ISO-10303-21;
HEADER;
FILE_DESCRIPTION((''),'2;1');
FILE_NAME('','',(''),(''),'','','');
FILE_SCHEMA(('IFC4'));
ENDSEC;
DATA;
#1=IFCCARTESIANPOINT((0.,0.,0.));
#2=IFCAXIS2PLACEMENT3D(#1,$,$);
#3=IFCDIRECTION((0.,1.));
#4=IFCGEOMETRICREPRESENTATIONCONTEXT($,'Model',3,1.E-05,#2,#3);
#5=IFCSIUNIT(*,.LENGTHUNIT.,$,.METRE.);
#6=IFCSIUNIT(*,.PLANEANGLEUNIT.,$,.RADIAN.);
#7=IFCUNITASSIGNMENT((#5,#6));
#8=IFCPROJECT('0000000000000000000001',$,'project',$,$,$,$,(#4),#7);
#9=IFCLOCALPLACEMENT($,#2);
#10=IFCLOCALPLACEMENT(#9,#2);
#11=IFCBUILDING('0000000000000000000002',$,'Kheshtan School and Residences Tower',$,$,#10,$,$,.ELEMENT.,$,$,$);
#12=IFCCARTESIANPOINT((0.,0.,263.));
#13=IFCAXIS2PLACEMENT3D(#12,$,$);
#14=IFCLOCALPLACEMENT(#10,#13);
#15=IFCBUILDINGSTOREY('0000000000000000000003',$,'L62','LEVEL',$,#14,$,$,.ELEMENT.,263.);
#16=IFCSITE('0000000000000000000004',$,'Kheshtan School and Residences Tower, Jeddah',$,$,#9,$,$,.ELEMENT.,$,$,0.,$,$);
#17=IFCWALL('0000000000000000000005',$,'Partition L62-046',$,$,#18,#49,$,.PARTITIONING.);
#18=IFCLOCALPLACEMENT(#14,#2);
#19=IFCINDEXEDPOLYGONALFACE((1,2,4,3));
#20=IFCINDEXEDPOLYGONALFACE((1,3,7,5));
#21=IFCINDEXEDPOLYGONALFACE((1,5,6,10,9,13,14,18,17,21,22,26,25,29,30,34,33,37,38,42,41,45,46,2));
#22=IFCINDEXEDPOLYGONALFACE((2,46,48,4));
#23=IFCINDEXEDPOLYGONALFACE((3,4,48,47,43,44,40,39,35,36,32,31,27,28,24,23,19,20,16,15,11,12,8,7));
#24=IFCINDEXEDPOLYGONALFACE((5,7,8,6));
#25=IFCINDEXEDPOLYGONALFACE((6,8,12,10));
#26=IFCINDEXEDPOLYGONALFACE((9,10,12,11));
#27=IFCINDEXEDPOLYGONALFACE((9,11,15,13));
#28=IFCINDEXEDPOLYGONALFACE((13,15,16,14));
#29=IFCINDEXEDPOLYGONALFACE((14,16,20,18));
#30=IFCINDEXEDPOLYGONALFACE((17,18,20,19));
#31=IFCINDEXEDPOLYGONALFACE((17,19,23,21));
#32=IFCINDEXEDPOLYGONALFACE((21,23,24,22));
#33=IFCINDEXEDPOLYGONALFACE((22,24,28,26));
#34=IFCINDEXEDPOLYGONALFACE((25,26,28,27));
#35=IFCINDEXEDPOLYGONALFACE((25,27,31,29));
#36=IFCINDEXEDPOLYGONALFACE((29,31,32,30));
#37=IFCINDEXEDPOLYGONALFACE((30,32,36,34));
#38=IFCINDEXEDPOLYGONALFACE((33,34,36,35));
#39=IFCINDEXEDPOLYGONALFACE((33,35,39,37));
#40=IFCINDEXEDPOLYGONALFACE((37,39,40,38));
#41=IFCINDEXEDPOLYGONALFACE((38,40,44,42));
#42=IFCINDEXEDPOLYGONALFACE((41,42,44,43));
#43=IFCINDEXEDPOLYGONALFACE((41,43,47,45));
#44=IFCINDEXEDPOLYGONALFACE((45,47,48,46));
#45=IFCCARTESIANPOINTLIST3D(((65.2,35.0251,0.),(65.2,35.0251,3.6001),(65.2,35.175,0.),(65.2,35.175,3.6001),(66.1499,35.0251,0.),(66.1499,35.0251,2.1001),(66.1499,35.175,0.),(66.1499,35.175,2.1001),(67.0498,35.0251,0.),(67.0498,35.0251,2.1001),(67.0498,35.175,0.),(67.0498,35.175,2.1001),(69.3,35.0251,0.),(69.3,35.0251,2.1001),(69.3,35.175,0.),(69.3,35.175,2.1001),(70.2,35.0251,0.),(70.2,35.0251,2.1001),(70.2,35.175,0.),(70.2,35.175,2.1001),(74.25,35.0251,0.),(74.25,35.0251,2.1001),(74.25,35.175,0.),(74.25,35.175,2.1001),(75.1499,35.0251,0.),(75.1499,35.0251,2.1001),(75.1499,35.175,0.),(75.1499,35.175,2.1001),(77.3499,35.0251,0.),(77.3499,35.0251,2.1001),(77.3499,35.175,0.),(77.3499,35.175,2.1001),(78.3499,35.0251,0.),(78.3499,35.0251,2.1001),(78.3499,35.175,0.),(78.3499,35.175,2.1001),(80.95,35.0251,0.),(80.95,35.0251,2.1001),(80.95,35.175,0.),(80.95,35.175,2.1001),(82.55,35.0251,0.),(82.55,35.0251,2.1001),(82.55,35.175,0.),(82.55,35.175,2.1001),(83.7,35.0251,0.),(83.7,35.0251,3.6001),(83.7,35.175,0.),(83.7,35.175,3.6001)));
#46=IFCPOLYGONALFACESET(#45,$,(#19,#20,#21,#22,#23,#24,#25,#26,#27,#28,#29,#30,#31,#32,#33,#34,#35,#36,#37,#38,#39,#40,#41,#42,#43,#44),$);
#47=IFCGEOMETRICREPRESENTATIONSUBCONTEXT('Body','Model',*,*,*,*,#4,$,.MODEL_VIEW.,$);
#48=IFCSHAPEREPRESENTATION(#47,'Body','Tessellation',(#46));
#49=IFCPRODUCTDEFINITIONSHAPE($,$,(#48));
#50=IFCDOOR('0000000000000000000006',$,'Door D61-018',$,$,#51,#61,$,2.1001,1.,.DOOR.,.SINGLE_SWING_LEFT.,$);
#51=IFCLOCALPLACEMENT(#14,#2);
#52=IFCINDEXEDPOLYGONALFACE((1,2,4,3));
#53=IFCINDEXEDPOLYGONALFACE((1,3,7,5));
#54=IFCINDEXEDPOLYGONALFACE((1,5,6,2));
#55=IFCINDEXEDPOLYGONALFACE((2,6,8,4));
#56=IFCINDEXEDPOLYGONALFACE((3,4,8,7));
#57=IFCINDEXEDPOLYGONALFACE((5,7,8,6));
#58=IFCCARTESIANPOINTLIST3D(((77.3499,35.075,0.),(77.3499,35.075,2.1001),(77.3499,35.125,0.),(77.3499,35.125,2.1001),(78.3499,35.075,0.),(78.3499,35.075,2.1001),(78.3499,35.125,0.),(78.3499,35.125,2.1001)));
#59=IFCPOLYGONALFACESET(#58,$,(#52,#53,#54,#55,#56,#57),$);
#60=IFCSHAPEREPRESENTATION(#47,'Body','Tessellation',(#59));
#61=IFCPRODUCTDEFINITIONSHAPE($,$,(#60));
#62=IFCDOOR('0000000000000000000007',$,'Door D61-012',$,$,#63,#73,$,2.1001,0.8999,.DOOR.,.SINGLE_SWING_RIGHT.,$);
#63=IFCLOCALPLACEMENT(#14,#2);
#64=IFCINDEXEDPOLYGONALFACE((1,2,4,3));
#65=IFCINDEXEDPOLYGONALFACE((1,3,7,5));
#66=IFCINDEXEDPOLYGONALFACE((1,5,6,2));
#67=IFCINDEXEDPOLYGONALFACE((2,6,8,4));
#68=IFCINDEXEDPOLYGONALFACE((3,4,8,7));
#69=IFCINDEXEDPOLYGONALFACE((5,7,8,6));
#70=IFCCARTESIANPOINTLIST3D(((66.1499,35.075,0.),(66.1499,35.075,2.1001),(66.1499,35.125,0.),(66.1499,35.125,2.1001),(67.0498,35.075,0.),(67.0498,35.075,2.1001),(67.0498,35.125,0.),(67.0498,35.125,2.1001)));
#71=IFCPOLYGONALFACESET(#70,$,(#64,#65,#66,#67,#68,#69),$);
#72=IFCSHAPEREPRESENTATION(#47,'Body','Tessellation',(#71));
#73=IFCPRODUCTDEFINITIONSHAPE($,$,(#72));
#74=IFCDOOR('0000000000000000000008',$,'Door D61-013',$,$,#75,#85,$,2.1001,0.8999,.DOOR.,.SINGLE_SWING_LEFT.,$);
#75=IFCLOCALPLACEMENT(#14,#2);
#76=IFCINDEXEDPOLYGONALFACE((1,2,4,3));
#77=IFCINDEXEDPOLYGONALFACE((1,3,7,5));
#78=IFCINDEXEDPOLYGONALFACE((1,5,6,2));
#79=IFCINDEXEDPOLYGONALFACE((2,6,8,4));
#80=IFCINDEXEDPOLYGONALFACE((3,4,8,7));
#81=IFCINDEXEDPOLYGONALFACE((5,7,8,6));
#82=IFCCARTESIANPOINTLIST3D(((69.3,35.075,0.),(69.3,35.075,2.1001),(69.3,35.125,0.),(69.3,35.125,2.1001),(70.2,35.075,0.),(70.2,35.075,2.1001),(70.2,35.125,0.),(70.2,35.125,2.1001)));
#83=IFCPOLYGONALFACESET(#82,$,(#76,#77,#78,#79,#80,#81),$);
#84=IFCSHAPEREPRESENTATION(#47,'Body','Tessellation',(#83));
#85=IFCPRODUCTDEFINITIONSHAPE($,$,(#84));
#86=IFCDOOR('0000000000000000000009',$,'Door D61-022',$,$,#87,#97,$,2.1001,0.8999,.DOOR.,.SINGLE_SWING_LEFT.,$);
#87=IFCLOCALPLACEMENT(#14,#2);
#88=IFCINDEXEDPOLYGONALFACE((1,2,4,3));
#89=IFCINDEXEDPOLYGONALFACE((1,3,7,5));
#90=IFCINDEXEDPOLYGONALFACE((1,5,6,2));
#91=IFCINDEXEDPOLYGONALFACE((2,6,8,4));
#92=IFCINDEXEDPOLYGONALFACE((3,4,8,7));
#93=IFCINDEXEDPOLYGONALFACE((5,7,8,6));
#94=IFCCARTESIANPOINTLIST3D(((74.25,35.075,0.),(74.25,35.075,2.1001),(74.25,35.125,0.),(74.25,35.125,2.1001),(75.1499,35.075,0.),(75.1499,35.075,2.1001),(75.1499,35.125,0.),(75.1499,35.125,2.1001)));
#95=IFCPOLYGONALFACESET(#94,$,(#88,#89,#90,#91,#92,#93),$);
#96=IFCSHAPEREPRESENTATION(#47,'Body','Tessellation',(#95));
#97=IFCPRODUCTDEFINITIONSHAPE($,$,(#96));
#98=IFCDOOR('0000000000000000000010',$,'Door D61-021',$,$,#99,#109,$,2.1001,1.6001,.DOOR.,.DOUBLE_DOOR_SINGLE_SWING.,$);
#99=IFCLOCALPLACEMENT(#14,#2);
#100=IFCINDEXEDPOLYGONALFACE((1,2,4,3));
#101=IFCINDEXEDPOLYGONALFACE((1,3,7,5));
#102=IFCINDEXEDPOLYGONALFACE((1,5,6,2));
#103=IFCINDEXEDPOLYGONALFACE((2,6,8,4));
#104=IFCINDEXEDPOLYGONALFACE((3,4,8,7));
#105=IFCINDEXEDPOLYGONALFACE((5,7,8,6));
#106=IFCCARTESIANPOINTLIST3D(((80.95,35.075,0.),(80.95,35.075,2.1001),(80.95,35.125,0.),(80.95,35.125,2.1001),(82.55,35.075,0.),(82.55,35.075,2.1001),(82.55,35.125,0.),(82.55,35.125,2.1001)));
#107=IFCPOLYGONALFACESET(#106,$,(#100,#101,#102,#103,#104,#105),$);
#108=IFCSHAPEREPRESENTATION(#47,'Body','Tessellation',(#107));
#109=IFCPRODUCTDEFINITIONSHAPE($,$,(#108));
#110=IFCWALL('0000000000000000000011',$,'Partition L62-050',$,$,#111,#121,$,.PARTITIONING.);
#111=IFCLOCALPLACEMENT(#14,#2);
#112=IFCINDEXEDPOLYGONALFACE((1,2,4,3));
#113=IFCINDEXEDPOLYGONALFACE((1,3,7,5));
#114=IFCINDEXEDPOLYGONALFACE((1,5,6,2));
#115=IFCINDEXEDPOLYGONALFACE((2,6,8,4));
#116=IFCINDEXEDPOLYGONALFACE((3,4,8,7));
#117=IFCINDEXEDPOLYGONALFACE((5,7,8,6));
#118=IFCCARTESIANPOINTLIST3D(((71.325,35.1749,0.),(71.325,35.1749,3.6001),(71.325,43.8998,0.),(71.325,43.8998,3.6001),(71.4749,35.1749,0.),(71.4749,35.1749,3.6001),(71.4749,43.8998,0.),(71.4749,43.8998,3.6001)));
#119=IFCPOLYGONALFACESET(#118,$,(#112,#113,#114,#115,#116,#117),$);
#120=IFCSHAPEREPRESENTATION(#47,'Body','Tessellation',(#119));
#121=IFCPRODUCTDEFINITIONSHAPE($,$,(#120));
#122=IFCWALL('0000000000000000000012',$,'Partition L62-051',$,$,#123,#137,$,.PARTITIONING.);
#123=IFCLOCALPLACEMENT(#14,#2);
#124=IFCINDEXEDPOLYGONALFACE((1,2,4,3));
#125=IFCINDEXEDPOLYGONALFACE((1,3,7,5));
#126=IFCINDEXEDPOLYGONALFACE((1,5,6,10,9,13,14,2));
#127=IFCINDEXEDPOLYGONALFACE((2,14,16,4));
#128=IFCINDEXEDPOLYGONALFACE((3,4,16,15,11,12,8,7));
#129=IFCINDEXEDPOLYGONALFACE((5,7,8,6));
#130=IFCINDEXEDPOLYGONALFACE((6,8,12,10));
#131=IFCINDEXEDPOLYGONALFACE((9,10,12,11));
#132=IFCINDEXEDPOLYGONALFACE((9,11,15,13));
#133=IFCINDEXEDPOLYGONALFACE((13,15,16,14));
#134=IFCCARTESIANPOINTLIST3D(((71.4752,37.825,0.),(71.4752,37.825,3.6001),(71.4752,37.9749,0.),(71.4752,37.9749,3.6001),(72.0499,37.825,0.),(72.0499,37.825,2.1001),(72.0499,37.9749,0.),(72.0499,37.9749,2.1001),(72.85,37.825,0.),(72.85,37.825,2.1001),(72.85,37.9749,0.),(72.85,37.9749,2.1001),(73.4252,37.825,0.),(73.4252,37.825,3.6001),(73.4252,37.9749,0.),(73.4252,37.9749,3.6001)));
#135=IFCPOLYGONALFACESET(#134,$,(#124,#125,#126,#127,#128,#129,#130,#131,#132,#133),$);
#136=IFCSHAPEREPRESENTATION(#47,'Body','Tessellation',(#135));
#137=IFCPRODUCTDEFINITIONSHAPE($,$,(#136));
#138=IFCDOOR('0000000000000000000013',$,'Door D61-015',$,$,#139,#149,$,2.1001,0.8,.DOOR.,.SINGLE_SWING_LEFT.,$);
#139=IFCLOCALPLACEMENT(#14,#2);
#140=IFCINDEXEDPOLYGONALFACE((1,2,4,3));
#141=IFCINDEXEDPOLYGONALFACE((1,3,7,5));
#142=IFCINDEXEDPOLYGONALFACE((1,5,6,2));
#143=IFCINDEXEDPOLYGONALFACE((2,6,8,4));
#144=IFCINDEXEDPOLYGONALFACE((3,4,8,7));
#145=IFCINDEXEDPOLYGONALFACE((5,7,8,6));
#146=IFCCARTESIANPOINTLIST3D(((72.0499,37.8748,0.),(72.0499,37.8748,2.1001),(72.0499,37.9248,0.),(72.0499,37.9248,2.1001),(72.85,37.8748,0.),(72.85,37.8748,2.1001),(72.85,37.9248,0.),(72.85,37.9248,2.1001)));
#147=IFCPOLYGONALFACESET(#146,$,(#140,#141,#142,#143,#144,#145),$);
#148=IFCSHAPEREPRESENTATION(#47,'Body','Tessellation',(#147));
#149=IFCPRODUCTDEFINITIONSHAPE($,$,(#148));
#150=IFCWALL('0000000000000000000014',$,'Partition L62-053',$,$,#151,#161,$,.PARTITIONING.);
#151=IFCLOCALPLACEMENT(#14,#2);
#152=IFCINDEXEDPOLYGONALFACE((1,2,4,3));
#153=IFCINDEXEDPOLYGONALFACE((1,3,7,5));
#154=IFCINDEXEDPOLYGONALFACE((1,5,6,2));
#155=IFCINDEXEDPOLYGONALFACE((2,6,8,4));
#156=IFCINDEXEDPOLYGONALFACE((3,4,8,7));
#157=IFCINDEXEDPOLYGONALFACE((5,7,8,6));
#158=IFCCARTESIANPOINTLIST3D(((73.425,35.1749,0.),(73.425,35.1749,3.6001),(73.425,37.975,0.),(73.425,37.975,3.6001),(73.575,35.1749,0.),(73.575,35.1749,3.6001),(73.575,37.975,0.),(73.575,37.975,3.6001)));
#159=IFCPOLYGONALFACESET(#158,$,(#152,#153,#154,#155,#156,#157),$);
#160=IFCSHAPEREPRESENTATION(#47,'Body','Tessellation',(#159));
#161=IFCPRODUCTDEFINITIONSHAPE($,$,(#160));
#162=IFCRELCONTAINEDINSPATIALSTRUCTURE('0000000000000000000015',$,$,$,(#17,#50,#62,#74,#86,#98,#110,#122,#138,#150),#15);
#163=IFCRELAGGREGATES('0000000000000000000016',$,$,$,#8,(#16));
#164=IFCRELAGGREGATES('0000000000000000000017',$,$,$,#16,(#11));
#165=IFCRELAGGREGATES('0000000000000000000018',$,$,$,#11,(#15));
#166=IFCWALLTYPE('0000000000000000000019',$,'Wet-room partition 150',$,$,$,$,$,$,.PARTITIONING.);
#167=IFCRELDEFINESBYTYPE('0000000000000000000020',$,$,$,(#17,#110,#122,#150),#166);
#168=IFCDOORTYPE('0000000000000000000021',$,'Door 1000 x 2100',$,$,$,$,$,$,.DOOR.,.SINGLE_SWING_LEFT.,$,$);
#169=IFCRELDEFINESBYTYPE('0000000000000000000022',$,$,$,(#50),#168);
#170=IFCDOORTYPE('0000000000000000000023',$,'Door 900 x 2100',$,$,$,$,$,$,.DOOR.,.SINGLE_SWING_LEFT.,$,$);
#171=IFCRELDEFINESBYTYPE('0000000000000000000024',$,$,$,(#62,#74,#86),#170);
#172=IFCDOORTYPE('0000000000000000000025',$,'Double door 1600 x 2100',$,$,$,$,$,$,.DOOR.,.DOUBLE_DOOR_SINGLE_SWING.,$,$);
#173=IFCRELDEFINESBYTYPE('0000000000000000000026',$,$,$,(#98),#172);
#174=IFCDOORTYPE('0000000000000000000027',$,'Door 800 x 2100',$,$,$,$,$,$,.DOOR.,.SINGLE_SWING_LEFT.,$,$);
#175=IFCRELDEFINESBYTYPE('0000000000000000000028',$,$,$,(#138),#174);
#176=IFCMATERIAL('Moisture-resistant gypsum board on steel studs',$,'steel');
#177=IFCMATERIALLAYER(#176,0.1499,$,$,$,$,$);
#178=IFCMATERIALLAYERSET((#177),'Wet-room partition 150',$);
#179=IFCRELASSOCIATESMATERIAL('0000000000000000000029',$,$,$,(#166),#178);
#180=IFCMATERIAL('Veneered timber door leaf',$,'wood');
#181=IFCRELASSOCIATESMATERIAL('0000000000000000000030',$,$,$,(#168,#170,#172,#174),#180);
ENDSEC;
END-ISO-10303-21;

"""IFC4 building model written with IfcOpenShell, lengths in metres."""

from ifc_helpers import new_model, si_unit, direction, frame, frame_2d, origin, place, context, subcontext, project, spatial, rectangle, extrude, source, transform, mapped, material, layer, layer_set, type_object, element, fill, save


model = new_model("IFC4")

# Units and contexts
model_context = context("Model", 3, precision=1e-05, world=origin(), true_north=direction((0.0, 1.0)))
body_context = subcontext(model_context, "Body", "Model", "MODEL_VIEW")
ifc_project = project(units=[si_unit("LENGTHUNIT", "METRE"), si_unit("PLANEANGLEUNIT", "RADIAN")], contexts=[model_context])

# Site, building, storey
site_placement = place(None, origin())
site = spatial("IfcSite", under=ifc_project, at=site_placement, Name="Kheshtan School and Residences Tower, Jeddah", CompositionType="ELEMENT", RefElevation=0.0)
building_placement = place(site_placement, origin())
building = spatial("IfcBuilding", under=site, at=building_placement, Name="Kheshtan School and Residences Tower", CompositionType="ELEMENT")
storey_placement = place(building_placement, frame((0.0, 0.0, 263.0)))
storey = spatial("IfcBuildingStorey", under=building, at=storey_placement, Name="L62", Description="LEVEL", CompositionType="ELEMENT", Elevation=263.0)

# Wall, openings, doors
ifc_material_1 = material(Name="Moisture-resistant gypsum board on steel studs", Category="steel")
ifc_layer_1 = layer(ifc_material_1, 0.1499)
ifc_layer_set_1 = layer_set([ifc_layer_1], Name="Wet-room partition 150")
wall_type_1 = type_object("IfcWallType", Name="Wet-room partition 150", PredefinedType="PARTITIONING", material=ifc_layer_set_1)
wall_1_placement = place(storey_placement, frame((65.2, 35.1001, 0.0), z_axis=(0.0, 0.0, 1.0), x_axis=(1.0, 0.0, 0.0)))
wall_1 = element("IfcWall", 1, at=wall_1_placement, inside=storey, type_object=wall_type_1, Name="Partition L62-046", PredefinedType="PARTITIONING", context=body_context, shape_type="SweptSolid", body=[
    extrude(rectangle(XDim=18.5, YDim=0.1499, at=frame_2d((9.25, 0.0))), origin(), (0.0, 0.0, 1.0), 3.6001),
])
opening_1_placement = place(wall_1_placement, frame((0.95, 0.0, 0.0)))
opening_1 = element("IfcOpeningElement", 2, at=opening_1_placement, cuts=wall_1, PredefinedType="OPENING", context=body_context, shape_type="SweptSolid", body=[
    extrude(rectangle(XDim=0.8999, YDim=2.1001, at=frame_2d((0.45, 1.05))), frame((0.0, 0.085, 0.0), z_axis=(0.0, -1.0, 0.0), x_axis=(1.0, 0.0, 0.0)), (0.0, 0.0, 1.0), 0.1699),
])
opening_2_placement = place(wall_1_placement, frame((4.1001, 0.0, 0.0)))
opening_2 = element("IfcOpeningElement", 3, at=opening_2_placement, cuts=wall_1, PredefinedType="OPENING", context=body_context, shape_type="SweptSolid", body=[
    extrude(rectangle(XDim=0.8999, YDim=2.1001, at=frame_2d((0.45, 1.05))), frame((0.0, 0.085, 0.0), z_axis=(0.0, -1.0, 0.0), x_axis=(1.0, 0.0, 0.0)), (0.0, 0.0, 1.0), 0.1699),
])
opening_3_placement = place(wall_1_placement, frame((12.1499, 0.0, 0.0)))
opening_3 = element("IfcOpeningElement", 4, at=opening_3_placement, cuts=wall_1, PredefinedType="OPENING", context=body_context, shape_type="SweptSolid", body=[
    extrude(rectangle(XDim=1.0, YDim=2.1001, at=frame_2d((0.5, 1.05))), frame((0.0, 0.085, 0.0), z_axis=(0.0, -1.0, 0.0), x_axis=(1.0, 0.0, 0.0)), (0.0, 0.0, 1.0), 0.1699),
])
opening_4_placement = place(wall_1_placement, frame((15.75, 0.0, 0.0)))
opening_4 = element("IfcOpeningElement", 5, at=opening_4_placement, cuts=wall_1, PredefinedType="OPENING", context=body_context, shape_type="SweptSolid", body=[
    extrude(rectangle(XDim=1.6001, YDim=2.1001, at=frame_2d((0.8, 1.05))), frame((0.0, 0.085, 0.0), z_axis=(0.0, -1.0, 0.0), x_axis=(1.0, 0.0, 0.0)), (0.0, 0.0, 1.0), 0.1699),
])
opening_5_placement = place(wall_1_placement, frame((9.05, 0.0, 0.0)))
opening_5 = element("IfcOpeningElement", 6, at=opening_5_placement, cuts=wall_1, PredefinedType="OPENING", context=body_context, shape_type="SweptSolid", body=[
    extrude(rectangle(XDim=0.8999, YDim=2.1001, at=frame_2d((0.45, 1.05))), frame((0.0, 0.085, 0.0), z_axis=(0.0, -1.0, 0.0), x_axis=(1.0, 0.0, 0.0)), (0.0, 0.0, 1.0), 0.1699),
])
ifc_material_2 = material(Name="Veneered timber door leaf", Category="wood")
door_type_1 = type_object("IfcDoorType", Name="Door 1000 x 2100", OperationType="SINGLE_SWING_LEFT", PredefinedType="DOOR", material=ifc_material_2)
shared_shape_1 = source(origin(), body_context, "Body", "SweptSolid", [
    extrude(rectangle(XDim=1.0, YDim=2.1001, at=frame_2d((0.5, 1.05))), frame((0.0, 0.0249, 0.0), z_axis=(0.0, -1.0, 0.0), x_axis=(1.0, 0.0, 0.0)), (0.0, 0.0, 1.0), 0.05),
])
door_1_placement = place(opening_3_placement, origin())
door_1 = element("IfcDoor", 7, at=door_1_placement, inside=storey, type_object=door_type_1, Name="Door D61-018", OperationType="SINGLE_SWING_LEFT", OverallHeight=2.1001, OverallWidth=1.0, PredefinedType="DOOR", context=body_context, shape_type="MappedRepresentation", body=[
    mapped(shared_shape_1, transform((0.0, 0.0, 0.0), x_axis=(1.0, 0.0, 0.0), y_axis=(0.0, 1.0, 0.0), z_axis=(0.0, 0.0, 1.0), scale=1.0)),
])
fill(opening_3, door_1)
door_type_2 = type_object("IfcDoorType", Name="Door 900 x 2100", OperationType="SINGLE_SWING_LEFT", PredefinedType="DOOR", material=ifc_material_2)
shared_shape_2 = source(origin(), body_context, "Body", "SweptSolid", [
    extrude(rectangle(XDim=0.8999, YDim=2.1001, at=frame_2d((0.45, 1.05))), frame((0.0, 0.0249, 0.0), z_axis=(0.0, -1.0, 0.0), x_axis=(1.0, 0.0, 0.0)), (0.0, 0.0, 1.0), 0.05),
])
door_2_placement = place(opening_1_placement, origin())
door_2 = element("IfcDoor", 8, at=door_2_placement, inside=storey, type_object=door_type_2, Name="Door D61-012", OperationType="SINGLE_SWING_RIGHT", OverallHeight=2.1001, OverallWidth=0.8999, PredefinedType="DOOR", context=body_context, shape_type="MappedRepresentation", body=[
    mapped(shared_shape_2, transform((0.0, 0.0, 0.0), x_axis=(1.0, 0.0, 0.0), y_axis=(0.0, 1.0, 0.0), z_axis=(0.0, 0.0, 1.0), scale=1.0)),
])
fill(opening_1, door_2)
door_3_placement = place(opening_2_placement, origin())
door_3 = element("IfcDoor", 9, at=door_3_placement, inside=storey, type_object=door_type_2, Name="Door D61-013", OperationType="SINGLE_SWING_LEFT", OverallHeight=2.1001, OverallWidth=0.8999, PredefinedType="DOOR", context=body_context, shape_type="MappedRepresentation", body=[
    mapped(shared_shape_2, transform((0.0, 0.0, 0.0), x_axis=(1.0, 0.0, 0.0), y_axis=(0.0, 1.0, 0.0), z_axis=(0.0, 0.0, 1.0), scale=1.0)),
])
fill(opening_2, door_3)
door_4_placement = place(opening_5_placement, origin())
door_4 = element("IfcDoor", 10, at=door_4_placement, inside=storey, type_object=door_type_2, Name="Door D61-022", OperationType="SINGLE_SWING_LEFT", OverallHeight=2.1001, OverallWidth=0.8999, PredefinedType="DOOR", context=body_context, shape_type="MappedRepresentation", body=[
    mapped(shared_shape_2, transform((0.0, 0.0, 0.0), x_axis=(1.0, 0.0, 0.0), y_axis=(0.0, 1.0, 0.0), z_axis=(0.0, 0.0, 1.0), scale=1.0)),
])
fill(opening_5, door_4)
door_type_3 = type_object("IfcDoorType", Name="Double door 1600 x 2100", OperationType="DOUBLE_DOOR_SINGLE_SWING", PredefinedType="DOOR", material=ifc_material_2)
shared_shape_3 = source(origin(), body_context, "Body", "SweptSolid", [
    extrude(rectangle(XDim=1.6001, YDim=2.1001, at=frame_2d((0.8, 1.05))), frame((0.0, 0.0249, 0.0), z_axis=(0.0, -1.0, 0.0), x_axis=(1.0, 0.0, 0.0)), (0.0, 0.0, 1.0), 0.05),
])
door_5_placement = place(opening_4_placement, origin())
door_5 = element("IfcDoor", 11, at=door_5_placement, inside=storey, type_object=door_type_3, Name="Door D61-021", OperationType="DOUBLE_DOOR_SINGLE_SWING", OverallHeight=2.1001, OverallWidth=1.6001, PredefinedType="DOOR", context=body_context, shape_type="MappedRepresentation", body=[
    mapped(shared_shape_3, transform((0.0, 0.0, 0.0), x_axis=(1.0, 0.0, 0.0), y_axis=(0.0, 1.0, 0.0), z_axis=(0.0, 0.0, 1.0), scale=1.0)),
])
fill(opening_4, door_5)

# Wall
wall_2_placement = place(storey_placement, frame((71.3999, 35.175, 0.0), z_axis=(0.0, 0.0, 1.0), x_axis=(0.0, 1.0, 0.0)))
element("IfcWall", 12, at=wall_2_placement, inside=storey, type_object=wall_type_1, Name="Partition L62-050", PredefinedType="PARTITIONING", context=body_context, shape_type="SweptSolid", body=[
    extrude(rectangle(XDim=8.7249, YDim=0.1499, at=frame_2d((4.3623, 0.0))), origin(), (0.0, 0.0, 1.0), 3.6001),
])

# Wall, opening, door
wall_3_placement = place(storey_placement, frame((71.4751, 37.8999, 0.0), z_axis=(0.0, 0.0, 1.0), x_axis=(1.0, 0.0, 0.0)))
wall_3 = element("IfcWall", 13, at=wall_3_placement, inside=storey, type_object=wall_type_1, Name="Partition L62-051", PredefinedType="PARTITIONING", context=body_context, shape_type="SweptSolid", body=[
    extrude(rectangle(XDim=1.95, YDim=0.1499, at=frame_2d((0.9751, 0.0))), origin(), (0.0, 0.0, 1.0), 3.6001),
])
opening_6_placement = place(wall_3_placement, frame((0.575, 0.0, 0.0)))
opening_6 = element("IfcOpeningElement", 14, at=opening_6_placement, cuts=wall_3, PredefinedType="OPENING", context=body_context, shape_type="SweptSolid", body=[
    extrude(rectangle(XDim=0.8, YDim=2.1001, at=frame_2d((0.3999, 1.05))), frame((0.0, 0.085, 0.0), z_axis=(0.0, -1.0, 0.0), x_axis=(1.0, 0.0, 0.0)), (0.0, 0.0, 1.0), 0.1699),
])
door_type_4 = type_object("IfcDoorType", Name="Door 800 x 2100", OperationType="SINGLE_SWING_LEFT", PredefinedType="DOOR", material=ifc_material_2)
shared_shape_4 = source(origin(), body_context, "Body", "SweptSolid", [
    extrude(rectangle(XDim=0.8, YDim=2.1001, at=frame_2d((0.3999, 1.05))), frame((0.0, 0.0249, 0.0), z_axis=(0.0, -1.0, 0.0), x_axis=(1.0, 0.0, 0.0)), (0.0, 0.0, 1.0), 0.05),
])
door_6_placement = place(opening_6_placement, origin())
door_6 = element("IfcDoor", 15, at=door_6_placement, inside=storey, type_object=door_type_4, Name="Door D61-015", OperationType="SINGLE_SWING_LEFT", OverallHeight=2.1001, OverallWidth=0.8, PredefinedType="DOOR", context=body_context, shape_type="MappedRepresentation", body=[
    mapped(shared_shape_4, transform((0.0, 0.0, 0.0), x_axis=(1.0, 0.0, 0.0), y_axis=(0.0, 1.0, 0.0), z_axis=(0.0, 0.0, 1.0), scale=1.0)),
])
fill(opening_6, door_6)

# Wall
wall_4_placement = place(storey_placement, frame((73.5, 35.175, 0.0), z_axis=(0.0, 0.0, 1.0), x_axis=(0.0, 1.0, 0.0)))
element("IfcWall", 16, at=wall_4_placement, inside=storey, type_object=wall_type_1, Name="Partition L62-053", PredefinedType="PARTITIONING", context=body_context, shape_type="SweptSolid", body=[
    extrude(rectangle(XDim=2.8, YDim=0.1499, at=frame_2d((1.3999, 0.0))), origin(), (0.0, 0.0, 1.0), 3.6001),
])

save(model, "model.ifc")
